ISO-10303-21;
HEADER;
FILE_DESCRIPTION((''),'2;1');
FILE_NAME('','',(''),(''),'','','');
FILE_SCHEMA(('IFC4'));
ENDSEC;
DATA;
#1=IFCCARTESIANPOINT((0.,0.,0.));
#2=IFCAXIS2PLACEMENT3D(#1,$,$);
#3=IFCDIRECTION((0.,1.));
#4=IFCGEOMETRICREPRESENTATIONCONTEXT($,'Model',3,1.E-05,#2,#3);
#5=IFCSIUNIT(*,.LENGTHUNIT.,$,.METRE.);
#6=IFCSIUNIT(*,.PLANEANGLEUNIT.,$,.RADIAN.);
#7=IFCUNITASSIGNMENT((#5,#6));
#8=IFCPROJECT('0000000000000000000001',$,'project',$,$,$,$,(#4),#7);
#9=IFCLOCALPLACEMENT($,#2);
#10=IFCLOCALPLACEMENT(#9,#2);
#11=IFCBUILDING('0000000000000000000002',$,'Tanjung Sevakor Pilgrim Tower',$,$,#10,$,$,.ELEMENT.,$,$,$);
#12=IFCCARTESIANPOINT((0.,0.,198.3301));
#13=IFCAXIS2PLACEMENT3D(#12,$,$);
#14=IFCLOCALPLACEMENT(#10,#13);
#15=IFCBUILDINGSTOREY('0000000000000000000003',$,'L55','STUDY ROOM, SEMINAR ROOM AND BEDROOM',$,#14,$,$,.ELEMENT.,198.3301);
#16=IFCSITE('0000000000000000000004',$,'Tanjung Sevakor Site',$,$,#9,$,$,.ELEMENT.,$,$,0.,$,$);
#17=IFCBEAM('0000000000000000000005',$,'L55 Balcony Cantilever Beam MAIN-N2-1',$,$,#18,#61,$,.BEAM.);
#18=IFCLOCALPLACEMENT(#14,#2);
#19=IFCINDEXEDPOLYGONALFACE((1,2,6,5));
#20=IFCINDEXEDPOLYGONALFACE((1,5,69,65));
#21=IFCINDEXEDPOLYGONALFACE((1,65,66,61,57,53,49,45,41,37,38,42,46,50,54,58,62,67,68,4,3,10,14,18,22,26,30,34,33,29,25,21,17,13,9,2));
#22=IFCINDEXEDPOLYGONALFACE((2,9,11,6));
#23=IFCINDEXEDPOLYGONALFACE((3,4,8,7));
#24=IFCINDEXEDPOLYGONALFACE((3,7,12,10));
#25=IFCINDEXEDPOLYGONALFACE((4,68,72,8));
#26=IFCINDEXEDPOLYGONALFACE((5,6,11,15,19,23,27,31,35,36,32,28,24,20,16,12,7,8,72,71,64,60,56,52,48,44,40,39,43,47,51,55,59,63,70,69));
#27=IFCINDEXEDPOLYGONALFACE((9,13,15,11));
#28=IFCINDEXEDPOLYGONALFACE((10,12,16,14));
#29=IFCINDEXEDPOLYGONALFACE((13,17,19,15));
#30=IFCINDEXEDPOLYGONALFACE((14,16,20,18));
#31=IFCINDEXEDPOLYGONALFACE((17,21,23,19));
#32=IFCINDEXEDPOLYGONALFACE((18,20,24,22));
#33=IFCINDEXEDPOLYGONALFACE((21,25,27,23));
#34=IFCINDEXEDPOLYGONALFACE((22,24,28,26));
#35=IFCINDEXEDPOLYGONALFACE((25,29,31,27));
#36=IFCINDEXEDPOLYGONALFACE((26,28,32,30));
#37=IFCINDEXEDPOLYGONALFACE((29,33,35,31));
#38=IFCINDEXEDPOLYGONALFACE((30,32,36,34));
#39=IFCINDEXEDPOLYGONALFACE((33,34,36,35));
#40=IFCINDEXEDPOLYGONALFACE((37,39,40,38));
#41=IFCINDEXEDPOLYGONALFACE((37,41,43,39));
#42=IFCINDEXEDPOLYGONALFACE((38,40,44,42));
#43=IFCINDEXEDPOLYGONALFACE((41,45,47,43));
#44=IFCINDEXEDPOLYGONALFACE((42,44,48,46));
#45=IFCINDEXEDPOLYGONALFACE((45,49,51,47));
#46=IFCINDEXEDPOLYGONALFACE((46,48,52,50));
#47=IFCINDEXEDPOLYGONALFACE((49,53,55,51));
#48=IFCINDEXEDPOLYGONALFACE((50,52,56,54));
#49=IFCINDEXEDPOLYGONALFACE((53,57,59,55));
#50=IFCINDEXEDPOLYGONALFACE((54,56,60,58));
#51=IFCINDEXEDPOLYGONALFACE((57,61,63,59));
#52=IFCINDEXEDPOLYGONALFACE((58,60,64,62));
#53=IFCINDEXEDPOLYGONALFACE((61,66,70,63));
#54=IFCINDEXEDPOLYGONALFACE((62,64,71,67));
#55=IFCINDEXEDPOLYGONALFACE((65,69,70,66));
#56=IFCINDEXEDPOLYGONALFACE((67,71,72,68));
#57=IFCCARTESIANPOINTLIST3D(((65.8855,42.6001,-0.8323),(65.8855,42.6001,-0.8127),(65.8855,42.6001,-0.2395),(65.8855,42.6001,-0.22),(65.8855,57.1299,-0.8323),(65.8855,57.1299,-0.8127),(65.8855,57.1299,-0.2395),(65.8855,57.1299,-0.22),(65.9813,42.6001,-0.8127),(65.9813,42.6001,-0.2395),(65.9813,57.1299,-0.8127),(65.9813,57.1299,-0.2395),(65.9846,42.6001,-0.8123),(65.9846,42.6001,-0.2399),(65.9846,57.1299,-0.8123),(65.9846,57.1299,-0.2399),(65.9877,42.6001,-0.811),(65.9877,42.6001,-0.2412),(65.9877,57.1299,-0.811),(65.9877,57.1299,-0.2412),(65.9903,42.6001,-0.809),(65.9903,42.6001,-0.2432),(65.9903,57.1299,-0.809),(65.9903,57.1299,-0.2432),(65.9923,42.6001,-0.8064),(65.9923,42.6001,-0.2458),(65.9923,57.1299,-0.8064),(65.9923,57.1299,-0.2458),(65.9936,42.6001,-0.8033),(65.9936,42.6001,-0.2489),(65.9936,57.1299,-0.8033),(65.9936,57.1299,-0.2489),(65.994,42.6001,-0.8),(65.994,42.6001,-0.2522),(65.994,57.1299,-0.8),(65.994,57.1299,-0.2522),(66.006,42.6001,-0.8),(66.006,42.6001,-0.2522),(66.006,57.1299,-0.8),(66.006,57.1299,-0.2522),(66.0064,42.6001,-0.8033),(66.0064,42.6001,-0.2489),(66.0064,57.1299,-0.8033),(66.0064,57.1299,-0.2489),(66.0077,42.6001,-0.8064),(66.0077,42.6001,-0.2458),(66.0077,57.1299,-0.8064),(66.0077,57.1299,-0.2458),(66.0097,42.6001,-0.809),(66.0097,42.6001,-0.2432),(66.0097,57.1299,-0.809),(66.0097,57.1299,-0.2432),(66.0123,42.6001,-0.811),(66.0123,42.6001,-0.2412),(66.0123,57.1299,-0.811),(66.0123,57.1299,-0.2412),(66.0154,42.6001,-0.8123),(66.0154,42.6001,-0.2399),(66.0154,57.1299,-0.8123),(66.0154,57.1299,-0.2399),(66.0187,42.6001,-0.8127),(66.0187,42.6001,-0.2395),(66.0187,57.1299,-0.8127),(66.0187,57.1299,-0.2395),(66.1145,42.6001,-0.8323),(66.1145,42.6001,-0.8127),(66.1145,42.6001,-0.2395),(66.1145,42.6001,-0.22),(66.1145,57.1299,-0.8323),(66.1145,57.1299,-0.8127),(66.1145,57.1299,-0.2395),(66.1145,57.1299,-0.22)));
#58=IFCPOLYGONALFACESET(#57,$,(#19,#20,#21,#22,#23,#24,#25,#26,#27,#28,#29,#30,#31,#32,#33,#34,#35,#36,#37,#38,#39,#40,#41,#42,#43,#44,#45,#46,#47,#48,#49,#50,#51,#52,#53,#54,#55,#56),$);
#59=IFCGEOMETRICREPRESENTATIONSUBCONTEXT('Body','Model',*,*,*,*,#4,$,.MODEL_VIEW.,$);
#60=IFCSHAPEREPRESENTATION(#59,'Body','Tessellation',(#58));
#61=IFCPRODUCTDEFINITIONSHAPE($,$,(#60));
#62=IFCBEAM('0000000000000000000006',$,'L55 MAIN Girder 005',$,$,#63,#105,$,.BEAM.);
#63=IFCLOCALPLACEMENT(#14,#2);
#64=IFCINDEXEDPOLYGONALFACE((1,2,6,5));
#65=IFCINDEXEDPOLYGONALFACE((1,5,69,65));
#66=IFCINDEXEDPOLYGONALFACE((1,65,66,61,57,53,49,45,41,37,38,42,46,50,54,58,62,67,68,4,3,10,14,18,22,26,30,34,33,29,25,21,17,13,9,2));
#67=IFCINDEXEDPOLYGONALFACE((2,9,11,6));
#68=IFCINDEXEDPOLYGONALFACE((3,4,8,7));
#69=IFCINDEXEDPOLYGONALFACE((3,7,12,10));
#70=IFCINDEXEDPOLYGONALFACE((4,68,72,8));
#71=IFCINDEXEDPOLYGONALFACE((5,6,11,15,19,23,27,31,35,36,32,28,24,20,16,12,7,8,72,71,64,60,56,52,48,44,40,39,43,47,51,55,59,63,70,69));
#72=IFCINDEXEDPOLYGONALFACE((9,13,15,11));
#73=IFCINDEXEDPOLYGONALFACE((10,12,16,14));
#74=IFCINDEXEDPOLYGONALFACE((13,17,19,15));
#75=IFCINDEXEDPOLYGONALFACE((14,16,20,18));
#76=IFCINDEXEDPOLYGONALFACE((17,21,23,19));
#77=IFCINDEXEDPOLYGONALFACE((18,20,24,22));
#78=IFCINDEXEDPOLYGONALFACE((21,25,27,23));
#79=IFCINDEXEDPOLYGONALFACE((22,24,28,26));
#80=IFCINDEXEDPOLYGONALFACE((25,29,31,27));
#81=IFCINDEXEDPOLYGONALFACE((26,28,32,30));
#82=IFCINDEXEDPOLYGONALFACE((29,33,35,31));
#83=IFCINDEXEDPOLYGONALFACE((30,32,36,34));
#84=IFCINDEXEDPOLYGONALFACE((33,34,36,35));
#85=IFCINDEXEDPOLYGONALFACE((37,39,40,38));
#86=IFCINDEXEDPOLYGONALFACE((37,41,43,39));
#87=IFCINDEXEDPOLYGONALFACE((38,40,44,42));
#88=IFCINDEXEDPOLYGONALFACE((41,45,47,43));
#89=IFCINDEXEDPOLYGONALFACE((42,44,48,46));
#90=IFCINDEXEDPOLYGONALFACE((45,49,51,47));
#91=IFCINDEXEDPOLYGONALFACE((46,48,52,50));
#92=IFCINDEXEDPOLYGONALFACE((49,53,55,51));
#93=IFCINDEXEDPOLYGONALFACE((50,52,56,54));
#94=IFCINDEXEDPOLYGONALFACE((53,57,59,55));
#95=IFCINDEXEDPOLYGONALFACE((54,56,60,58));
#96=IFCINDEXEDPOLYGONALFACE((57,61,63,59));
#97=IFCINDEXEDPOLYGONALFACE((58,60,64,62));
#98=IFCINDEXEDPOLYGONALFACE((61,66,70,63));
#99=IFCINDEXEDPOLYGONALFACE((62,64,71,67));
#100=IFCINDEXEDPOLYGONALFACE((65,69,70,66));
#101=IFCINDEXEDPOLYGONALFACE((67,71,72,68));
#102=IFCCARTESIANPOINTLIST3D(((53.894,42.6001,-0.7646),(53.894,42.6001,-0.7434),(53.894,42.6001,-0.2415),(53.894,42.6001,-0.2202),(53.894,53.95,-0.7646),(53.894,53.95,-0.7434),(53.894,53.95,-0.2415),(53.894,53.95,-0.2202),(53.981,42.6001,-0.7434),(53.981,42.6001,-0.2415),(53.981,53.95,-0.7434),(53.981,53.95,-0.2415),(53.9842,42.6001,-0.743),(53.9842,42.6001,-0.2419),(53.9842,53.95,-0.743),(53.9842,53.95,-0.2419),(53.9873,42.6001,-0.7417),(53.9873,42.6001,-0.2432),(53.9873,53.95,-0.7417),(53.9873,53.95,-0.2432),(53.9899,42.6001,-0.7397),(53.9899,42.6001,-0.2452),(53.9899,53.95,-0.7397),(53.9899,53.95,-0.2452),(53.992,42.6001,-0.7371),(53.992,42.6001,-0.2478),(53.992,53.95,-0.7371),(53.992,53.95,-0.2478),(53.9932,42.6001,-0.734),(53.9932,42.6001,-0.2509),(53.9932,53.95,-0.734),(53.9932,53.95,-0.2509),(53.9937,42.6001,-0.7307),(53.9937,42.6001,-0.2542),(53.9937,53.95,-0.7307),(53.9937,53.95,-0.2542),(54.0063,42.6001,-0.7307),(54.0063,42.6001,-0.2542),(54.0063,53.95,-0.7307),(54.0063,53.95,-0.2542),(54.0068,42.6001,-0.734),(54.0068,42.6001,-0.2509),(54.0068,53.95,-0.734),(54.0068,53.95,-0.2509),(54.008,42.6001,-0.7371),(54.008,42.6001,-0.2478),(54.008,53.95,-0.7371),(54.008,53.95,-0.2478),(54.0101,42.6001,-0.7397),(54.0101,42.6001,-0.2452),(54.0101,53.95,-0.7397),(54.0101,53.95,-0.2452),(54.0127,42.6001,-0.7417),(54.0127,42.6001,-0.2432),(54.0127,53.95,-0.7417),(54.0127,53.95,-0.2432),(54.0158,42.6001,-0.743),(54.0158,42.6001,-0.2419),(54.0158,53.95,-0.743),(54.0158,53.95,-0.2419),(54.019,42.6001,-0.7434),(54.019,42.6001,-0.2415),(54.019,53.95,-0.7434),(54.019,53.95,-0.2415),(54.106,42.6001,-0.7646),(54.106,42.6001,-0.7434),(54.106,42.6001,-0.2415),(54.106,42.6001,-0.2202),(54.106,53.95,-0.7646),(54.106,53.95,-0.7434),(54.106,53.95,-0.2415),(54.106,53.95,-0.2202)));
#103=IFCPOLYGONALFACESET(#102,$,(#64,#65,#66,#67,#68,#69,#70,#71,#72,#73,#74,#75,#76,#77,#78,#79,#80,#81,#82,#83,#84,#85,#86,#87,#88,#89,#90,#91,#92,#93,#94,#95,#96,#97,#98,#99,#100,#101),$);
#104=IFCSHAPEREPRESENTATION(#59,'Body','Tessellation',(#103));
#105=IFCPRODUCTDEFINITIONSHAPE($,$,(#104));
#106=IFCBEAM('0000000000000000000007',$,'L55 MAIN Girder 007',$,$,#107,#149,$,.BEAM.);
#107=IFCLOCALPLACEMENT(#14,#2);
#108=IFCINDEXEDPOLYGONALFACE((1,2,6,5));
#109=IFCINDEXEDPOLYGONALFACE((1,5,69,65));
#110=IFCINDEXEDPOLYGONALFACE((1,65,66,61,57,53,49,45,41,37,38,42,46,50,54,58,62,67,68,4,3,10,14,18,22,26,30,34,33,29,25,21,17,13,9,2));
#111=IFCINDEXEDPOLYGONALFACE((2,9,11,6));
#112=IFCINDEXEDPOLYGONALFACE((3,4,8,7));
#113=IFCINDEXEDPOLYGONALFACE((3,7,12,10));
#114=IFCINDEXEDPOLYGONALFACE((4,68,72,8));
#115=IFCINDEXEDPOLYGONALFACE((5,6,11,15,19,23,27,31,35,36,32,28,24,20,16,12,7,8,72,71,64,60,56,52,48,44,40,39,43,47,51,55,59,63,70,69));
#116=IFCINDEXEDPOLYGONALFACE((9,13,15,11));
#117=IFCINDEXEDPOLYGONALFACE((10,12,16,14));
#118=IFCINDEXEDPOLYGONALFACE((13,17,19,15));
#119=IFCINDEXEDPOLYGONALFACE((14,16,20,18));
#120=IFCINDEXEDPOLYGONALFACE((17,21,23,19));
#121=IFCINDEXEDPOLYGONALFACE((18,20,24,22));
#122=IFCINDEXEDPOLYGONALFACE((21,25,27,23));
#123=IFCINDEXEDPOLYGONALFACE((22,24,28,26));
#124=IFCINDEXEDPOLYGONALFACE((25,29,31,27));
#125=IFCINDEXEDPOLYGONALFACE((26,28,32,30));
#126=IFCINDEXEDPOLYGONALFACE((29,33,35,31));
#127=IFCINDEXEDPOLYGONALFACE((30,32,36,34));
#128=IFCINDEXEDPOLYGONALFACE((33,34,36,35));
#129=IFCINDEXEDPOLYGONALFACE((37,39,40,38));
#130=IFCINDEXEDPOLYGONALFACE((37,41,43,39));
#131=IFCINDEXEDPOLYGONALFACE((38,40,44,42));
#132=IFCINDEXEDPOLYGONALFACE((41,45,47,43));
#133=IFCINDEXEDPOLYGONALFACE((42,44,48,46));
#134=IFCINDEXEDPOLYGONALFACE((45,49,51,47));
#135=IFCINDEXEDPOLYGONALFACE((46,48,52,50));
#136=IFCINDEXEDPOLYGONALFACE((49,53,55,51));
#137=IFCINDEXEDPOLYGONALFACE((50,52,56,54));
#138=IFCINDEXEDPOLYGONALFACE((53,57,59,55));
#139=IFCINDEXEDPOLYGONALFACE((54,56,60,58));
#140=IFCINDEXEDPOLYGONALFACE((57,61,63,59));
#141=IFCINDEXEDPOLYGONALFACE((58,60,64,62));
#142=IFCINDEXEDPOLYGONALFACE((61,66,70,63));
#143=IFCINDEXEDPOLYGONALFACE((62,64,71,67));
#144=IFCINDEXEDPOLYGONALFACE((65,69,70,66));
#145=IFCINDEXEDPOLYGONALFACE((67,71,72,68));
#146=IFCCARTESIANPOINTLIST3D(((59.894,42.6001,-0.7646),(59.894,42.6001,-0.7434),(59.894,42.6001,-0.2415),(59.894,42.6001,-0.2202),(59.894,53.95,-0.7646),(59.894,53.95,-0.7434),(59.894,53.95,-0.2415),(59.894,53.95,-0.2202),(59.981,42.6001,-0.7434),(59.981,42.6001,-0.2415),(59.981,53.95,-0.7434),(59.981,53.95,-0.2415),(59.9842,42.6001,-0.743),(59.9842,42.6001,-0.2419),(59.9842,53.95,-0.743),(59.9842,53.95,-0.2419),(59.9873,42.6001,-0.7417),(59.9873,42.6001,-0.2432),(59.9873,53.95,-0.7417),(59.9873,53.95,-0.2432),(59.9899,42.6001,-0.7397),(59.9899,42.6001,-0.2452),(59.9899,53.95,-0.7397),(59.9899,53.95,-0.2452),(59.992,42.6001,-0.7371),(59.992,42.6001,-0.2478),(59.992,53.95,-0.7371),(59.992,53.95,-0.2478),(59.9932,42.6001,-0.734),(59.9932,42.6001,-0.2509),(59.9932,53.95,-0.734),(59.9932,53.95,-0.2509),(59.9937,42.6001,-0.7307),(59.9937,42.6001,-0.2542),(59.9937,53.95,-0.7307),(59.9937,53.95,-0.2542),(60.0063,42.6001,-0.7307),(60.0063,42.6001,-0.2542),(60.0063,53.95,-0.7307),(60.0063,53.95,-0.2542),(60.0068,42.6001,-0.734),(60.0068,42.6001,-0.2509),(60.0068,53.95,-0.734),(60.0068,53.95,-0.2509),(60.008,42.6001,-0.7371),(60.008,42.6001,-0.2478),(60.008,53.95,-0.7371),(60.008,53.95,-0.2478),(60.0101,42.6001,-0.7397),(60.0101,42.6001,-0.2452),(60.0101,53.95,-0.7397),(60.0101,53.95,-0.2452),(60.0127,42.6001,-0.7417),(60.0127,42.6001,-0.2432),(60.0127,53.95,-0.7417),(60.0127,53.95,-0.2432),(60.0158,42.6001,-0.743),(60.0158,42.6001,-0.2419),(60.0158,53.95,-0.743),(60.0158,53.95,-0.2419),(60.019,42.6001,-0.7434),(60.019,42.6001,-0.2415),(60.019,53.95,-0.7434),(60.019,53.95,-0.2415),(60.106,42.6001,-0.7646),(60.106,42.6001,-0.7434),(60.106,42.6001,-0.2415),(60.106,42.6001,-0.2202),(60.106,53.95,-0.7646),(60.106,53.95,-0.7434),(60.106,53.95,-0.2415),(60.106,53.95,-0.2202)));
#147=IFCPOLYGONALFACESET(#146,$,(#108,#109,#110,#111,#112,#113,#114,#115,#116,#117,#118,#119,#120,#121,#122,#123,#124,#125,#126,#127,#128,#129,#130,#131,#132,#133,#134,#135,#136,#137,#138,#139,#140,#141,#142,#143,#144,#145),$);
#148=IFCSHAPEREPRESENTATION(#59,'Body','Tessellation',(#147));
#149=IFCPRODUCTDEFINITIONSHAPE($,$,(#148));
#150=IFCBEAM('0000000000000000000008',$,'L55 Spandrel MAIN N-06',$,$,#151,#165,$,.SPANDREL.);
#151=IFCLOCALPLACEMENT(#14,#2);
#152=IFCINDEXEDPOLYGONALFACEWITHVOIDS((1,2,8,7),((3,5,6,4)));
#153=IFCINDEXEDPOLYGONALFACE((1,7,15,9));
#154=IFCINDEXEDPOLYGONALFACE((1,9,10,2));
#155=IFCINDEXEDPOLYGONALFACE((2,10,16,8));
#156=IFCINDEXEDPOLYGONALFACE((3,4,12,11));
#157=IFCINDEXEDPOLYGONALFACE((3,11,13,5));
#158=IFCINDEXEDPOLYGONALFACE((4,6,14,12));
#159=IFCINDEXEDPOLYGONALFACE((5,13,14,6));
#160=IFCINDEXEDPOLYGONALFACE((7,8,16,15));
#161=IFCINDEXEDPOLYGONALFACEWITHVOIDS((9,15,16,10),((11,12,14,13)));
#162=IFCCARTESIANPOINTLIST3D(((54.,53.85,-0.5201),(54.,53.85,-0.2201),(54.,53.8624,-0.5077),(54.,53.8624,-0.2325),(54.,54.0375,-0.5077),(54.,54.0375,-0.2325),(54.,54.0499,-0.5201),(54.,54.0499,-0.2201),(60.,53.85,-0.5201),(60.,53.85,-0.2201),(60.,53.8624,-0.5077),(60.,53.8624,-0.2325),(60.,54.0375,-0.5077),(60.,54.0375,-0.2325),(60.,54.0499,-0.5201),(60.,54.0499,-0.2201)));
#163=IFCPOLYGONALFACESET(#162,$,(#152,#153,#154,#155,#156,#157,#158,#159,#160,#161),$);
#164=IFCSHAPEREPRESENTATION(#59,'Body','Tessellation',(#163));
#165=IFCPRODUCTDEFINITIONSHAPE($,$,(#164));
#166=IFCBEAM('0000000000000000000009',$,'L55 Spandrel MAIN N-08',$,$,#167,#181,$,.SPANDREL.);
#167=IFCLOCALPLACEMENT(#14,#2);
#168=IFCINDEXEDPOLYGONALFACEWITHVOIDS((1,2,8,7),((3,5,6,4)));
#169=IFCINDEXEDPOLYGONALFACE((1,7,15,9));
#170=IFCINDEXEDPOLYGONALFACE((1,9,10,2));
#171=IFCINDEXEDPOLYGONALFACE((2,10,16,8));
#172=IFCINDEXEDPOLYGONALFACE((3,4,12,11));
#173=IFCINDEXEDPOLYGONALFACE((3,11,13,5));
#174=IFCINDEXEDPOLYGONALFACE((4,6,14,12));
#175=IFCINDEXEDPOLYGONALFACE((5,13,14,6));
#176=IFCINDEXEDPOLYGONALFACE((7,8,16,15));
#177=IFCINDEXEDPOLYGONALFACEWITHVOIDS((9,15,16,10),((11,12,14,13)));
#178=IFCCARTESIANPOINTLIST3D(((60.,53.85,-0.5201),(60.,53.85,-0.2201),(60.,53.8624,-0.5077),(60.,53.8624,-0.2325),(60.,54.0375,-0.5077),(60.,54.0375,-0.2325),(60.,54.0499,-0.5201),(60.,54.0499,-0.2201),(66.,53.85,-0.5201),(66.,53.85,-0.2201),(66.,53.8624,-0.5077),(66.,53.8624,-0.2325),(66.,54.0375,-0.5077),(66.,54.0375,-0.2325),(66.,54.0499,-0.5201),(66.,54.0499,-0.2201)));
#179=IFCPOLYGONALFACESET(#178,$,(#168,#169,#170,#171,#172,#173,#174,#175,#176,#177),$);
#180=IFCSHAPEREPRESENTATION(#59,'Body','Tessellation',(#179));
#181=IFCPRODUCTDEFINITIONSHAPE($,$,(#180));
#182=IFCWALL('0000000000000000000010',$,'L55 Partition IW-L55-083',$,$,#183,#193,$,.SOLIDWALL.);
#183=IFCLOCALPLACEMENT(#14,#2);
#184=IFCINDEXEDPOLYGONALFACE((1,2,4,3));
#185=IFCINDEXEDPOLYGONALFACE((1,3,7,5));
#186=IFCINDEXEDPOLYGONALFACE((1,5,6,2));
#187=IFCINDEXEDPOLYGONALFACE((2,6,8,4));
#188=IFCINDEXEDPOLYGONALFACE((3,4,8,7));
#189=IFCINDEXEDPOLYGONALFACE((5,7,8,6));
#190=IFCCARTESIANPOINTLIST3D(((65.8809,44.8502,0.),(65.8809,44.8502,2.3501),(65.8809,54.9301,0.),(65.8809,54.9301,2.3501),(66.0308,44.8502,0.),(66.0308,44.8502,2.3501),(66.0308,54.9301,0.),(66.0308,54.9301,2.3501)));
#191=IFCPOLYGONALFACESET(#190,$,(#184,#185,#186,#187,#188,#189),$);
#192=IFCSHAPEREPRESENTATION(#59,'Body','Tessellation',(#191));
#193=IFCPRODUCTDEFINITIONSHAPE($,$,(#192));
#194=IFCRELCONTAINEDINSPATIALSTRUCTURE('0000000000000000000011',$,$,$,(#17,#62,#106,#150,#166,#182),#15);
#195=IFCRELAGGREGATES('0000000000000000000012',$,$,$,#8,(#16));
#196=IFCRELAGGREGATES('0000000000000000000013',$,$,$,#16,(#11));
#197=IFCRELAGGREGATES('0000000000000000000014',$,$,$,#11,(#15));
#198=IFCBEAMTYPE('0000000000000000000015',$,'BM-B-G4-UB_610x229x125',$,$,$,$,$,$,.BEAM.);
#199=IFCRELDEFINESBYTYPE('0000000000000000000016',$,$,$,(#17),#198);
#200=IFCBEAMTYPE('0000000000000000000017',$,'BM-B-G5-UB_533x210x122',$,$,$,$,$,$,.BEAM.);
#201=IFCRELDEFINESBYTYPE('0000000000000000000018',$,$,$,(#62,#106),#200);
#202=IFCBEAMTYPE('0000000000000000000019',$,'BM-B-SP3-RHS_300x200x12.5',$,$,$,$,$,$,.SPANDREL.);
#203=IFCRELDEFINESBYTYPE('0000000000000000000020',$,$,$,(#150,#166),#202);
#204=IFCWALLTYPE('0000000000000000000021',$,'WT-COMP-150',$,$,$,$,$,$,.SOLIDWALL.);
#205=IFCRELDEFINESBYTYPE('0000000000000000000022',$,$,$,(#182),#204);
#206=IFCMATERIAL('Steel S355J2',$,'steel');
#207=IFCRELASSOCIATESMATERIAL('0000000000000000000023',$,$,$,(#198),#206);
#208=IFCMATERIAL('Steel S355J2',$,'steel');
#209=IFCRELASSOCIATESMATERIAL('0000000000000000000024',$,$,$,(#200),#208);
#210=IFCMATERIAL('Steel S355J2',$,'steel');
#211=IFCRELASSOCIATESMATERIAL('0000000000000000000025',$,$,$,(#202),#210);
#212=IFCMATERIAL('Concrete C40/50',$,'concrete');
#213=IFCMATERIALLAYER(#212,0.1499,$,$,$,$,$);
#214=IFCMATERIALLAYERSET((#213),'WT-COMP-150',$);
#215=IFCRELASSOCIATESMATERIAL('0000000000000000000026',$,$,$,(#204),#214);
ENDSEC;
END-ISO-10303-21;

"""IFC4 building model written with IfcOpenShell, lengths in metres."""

from ifc_helpers import new_model, si_unit, direction, frame, frame_2d, origin, origin_2d, place, context, subcontext, project, spatial, rectangle, hollow_rectangle, i_section, extrude, material, layer, layer_set, material_profile, profile_set, type_object, element, save


model = new_model("IFC4")

# Units and contexts
model_context = context("Model", 3, precision=1e-05, world=origin(), true_north=direction((0.0, 1.0)))
body_context = subcontext(model_context, "Body", "Model", "MODEL_VIEW")
ifc_project = project(units=[si_unit("LENGTHUNIT", "METRE"), si_unit("PLANEANGLEUNIT", "RADIAN")], contexts=[model_context])

# Site, building, storey
site_placement = place(None, origin())
site = spatial("IfcSite", under=ifc_project, at=site_placement, Name="Tanjung Sevakor Site", CompositionType="ELEMENT", RefElevation=0.0)
building_placement = place(site_placement, origin())
building = spatial("IfcBuilding", under=site, at=building_placement, Name="Tanjung Sevakor Pilgrim Tower", CompositionType="ELEMENT")
storey_placement = place(building_placement, frame((0.0, 0.0, 198.3301)))
storey = spatial("IfcBuildingStorey", under=building, at=storey_placement, Name="L55", Description="STUDY ROOM, SEMINAR ROOM AND BEDROOM", CompositionType="ELEMENT", Elevation=198.3301)

# Beams
ifc_material_1 = material(Name="Steel S355J2", Category="steel")
ifc_material_profile_1 = material_profile(ifc_material_1, i_section(OverallWidth=0.229, OverallDepth=0.6123, WebThickness=0.012, FlangeThickness=0.0195, FilletRadius=0.0127, at=origin_2d()))
ifc_profile_set_1 = profile_set([ifc_material_profile_1], Name="Steel S355J2")
beam_type_1 = type_object("IfcBeamType", Name="BM-B-G4-UB_610x229x125", PredefinedType="BEAM", material=ifc_profile_set_1)
beam_placement = place(storey_placement, frame((66.0, 42.6001, -0.5261), z_axis=(0.0, 1.0, 0.0), x_axis=(-1.0, 0.0, 0.0)))
element("IfcBeam", 1, at=beam_placement, inside=storey, type_object=beam_type_1, Name="L55 Balcony Cantilever Beam MAIN-N2-1", PredefinedType="BEAM", context=body_context, shape_type="SweptSolid", body=[
    extrude(i_section(OverallWidth=0.229, OverallDepth=0.6123, WebThickness=0.012, FlangeThickness=0.0195, FilletRadius=0.0127, at=origin_2d()), origin(), (0.0, 0.0, 1.0), 14.5298),
])
ifc_material_2 = material(Name="Steel S355J2", Category="steel")
ifc_material_profile_2 = material_profile(ifc_material_2, i_section(OverallWidth=0.2119, OverallDepth=0.5444, WebThickness=0.0127, FlangeThickness=0.0212, FilletRadius=0.0127, at=origin_2d()))
ifc_profile_set_2 = profile_set([ifc_material_profile_2], Name="Steel S355J2")
beam_type_2 = type_object("IfcBeamType", Name="BM-B-G5-UB_533x210x122", PredefinedType="BEAM", material=ifc_profile_set_2)
for number, where, z_axis, x_axis, name in (
    (2, (54.0, 42.6001, -0.4924), (0.0, 1.0, 0.0), (-1.0, 0.0, 0.0), "L55 MAIN Girder 005"),
    (3, (60.0, 42.6001, -0.4924), (0.0, 1.0, 0.0), (-1.0, 0.0, 0.0), "L55 MAIN Girder 007"),
):
    element("IfcBeam", number, at=place(storey_placement, frame(where, z_axis=z_axis, x_axis=x_axis)), inside=storey, type_object=beam_type_2, Name=name, PredefinedType="BEAM", context=body_context, shape_type="SweptSolid", body=[
        extrude(i_section(OverallWidth=0.2119, OverallDepth=0.5444, WebThickness=0.0127, FlangeThickness=0.0212, FilletRadius=0.0127, at=origin_2d()), origin(), (0.0, 0.0, 1.0), 11.3499),
    ])
ifc_material_3 = material(Name="Steel S355J2", Category="steel")
ifc_material_profile_3 = material_profile(ifc_material_3, hollow_rectangle(XDim=0.2, YDim=0.3, WallThickness=0.0125, at=origin_2d()))
ifc_profile_set_3 = profile_set([ifc_material_profile_3], Name="Steel S355J2")
beam_type_3 = type_object("IfcBeamType", Name="BM-B-SP3-RHS_300x200x12.5", PredefinedType="SPANDREL", material=ifc_profile_set_3)
for number, where, z_axis, x_axis, name in (
    (4, (54.0, 53.95, -0.3701), (1.0, 0.0, 0.0), (0.0, 1.0, 0.0), "L55 Spandrel MAIN N-06"),
    (5, (60.0, 53.95, -0.3701), (1.0, 0.0, 0.0), (0.0, 1.0, 0.0), "L55 Spandrel MAIN N-08"),
):
    element("IfcBeam", number, at=place(storey_placement, frame(where, z_axis=z_axis, x_axis=x_axis)), inside=storey, type_object=beam_type_3, Name=name, PredefinedType="SPANDREL", context=body_context, shape_type="SweptSolid", body=[
        extrude(hollow_rectangle(XDim=0.2, YDim=0.3, WallThickness=0.0125, at=origin_2d()), origin(), (0.0, 0.0, 1.0), 6.0),
    ])

# Wall
ifc_material_4 = material(Name="Concrete C40/50", Category="concrete")
ifc_layer_1 = layer(ifc_material_4, 0.1499)
ifc_layer_set_1 = layer_set([ifc_layer_1], Name="WT-COMP-150")
wall_type_1 = type_object("IfcWallType", Name="WT-COMP-150", PredefinedType="SOLIDWALL", material=ifc_layer_set_1)
wall_1_placement = place(storey_placement, frame((65.9558, 44.8501, 0.0), z_axis=(0.0, 0.0, 1.0), x_axis=(0.0, 1.0, 0.0)))
element("IfcWall", 6, at=wall_1_placement, inside=storey, type_object=wall_type_1, Name="L55 Partition IW-L55-083", PredefinedType="SOLIDWALL", context=body_context, shape_type="SweptSolid", body=[
    extrude(rectangle(XDim=10.0798, YDim=0.1499, at=frame_2d((5.04, 0.0))), origin(), (0.0, 0.0, 1.0), 2.3501),
])

save(model, "model.ifc")
